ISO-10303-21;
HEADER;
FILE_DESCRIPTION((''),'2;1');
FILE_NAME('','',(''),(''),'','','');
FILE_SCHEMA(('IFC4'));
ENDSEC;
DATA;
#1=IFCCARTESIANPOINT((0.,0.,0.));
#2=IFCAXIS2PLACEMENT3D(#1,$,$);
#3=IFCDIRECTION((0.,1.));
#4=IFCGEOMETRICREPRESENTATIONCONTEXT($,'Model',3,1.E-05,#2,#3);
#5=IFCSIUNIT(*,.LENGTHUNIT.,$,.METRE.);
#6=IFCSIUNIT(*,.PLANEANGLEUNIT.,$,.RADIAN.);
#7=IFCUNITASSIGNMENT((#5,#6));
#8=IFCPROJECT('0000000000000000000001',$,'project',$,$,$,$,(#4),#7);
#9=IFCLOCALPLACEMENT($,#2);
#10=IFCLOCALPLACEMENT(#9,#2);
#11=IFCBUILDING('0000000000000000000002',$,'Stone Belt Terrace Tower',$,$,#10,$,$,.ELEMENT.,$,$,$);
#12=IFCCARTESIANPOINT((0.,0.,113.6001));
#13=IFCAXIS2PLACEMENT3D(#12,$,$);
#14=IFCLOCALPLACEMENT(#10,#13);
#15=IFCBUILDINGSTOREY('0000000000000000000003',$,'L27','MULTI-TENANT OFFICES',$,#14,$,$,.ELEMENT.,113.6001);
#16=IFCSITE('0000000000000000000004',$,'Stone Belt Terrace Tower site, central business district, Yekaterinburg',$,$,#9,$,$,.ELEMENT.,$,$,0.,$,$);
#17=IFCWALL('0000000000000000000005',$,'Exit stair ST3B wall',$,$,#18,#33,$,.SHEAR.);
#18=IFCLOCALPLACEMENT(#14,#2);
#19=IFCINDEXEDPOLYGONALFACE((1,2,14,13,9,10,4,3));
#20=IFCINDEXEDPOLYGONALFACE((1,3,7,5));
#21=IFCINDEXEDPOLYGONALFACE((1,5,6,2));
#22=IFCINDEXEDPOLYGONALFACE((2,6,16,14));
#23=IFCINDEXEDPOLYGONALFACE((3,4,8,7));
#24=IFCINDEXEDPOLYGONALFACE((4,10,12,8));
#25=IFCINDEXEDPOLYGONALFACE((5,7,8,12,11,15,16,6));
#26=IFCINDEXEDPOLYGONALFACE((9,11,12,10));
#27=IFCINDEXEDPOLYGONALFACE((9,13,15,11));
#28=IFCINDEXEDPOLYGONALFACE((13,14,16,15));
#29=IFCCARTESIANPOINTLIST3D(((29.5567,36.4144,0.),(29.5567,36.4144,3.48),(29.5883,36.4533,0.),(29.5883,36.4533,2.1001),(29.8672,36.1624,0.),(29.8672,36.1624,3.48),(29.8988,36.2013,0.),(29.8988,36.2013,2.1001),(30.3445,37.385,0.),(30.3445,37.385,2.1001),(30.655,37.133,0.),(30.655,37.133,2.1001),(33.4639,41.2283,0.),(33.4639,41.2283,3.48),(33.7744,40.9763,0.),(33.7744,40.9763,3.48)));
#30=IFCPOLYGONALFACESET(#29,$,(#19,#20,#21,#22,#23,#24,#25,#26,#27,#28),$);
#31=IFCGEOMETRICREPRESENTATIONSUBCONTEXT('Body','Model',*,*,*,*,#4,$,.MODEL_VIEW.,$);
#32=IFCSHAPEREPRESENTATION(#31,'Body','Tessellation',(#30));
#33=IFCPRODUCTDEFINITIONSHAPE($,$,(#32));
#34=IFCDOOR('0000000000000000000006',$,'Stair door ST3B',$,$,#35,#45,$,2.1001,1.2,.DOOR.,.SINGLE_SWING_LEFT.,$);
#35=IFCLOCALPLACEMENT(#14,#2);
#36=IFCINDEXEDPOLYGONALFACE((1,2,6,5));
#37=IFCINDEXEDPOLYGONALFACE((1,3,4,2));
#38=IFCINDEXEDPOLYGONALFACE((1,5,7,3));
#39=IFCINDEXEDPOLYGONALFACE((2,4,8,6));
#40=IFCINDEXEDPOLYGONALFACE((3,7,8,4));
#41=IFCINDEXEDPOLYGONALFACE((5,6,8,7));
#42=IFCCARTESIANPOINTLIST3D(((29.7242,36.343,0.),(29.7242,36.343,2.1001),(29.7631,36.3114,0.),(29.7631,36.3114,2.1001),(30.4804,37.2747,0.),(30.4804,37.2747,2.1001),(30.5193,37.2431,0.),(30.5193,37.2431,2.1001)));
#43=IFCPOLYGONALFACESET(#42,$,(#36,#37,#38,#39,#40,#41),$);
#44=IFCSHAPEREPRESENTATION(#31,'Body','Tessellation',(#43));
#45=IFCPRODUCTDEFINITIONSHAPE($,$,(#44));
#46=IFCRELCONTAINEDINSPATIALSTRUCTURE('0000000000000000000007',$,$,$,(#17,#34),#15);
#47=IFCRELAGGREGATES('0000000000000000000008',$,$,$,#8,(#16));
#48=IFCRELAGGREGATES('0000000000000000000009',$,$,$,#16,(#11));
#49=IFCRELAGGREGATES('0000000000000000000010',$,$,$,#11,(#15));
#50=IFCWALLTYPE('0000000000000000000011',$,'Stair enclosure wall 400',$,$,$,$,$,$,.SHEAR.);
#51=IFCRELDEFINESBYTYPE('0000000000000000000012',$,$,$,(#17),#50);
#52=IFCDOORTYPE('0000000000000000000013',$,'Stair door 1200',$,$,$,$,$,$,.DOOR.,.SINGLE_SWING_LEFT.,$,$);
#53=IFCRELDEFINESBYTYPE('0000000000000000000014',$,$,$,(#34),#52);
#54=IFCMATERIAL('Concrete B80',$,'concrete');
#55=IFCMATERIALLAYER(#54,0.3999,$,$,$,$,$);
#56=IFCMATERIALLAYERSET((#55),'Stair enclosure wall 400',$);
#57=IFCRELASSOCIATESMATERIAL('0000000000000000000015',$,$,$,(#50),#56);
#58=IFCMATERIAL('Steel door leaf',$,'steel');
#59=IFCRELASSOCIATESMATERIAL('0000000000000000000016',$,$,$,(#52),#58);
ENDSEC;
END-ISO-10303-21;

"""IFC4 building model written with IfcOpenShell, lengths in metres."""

from ifc_helpers import new_model, si_unit, direction, frame, frame_2d, origin, place, context, subcontext, project, spatial, rectangle, extrude, material, layer, layer_set, type_object, element, fill, save


model = new_model("IFC4")

# Units and contexts
model_context = context("Model", 3, precision=1e-05, world=origin(), true_north=direction((0.0, 1.0)))
body_context = subcontext(model_context, "Body", "Model", "MODEL_VIEW")
ifc_project = project(units=[si_unit("LENGTHUNIT", "METRE"), si_unit("PLANEANGLEUNIT", "RADIAN")], contexts=[model_context])

# Site, building, storey
site_placement = place(None, origin())
site = spatial("IfcSite", under=ifc_project, at=site_placement, Name="Stone Belt Terrace Tower site, central business district, Yekaterinburg", CompositionType="ELEMENT", RefElevation=0.0)
building_placement = place(site_placement, origin())
building = spatial("IfcBuilding", under=site, at=building_placement, Name="Stone Belt Terrace Tower", CompositionType="ELEMENT")
storey_placement = place(building_placement, frame((0.0, 0.0, 113.6001)))
storey = spatial("IfcBuildingStorey", under=building, at=storey_placement, Name="L27", Description="MULTI-TENANT OFFICES", CompositionType="ELEMENT", Elevation=113.6001)

# Shared definitions
ifc_material_1 = material(Name="Concrete B80", Category="concrete")

# Shared definitions
ifc_layer_1 = layer(ifc_material_1, 0.3999)
ifc_layer_set_1 = layer_set([ifc_layer_1], Name="Stair enclosure wall 400")
wall_type_1 = type_object("IfcWallType", Name="Stair enclosure wall 400", PredefinedType="SHEAR", material=ifc_layer_set_1)
ifc_material_2 = material(Name="Steel door leaf", Category="steel")

# Wall, opening, door
wall_1_placement = place(storey_placement, frame((29.7119, 36.2883, 0.0), z_axis=(0.0, 0.0, 1.0), x_axis=(0.630192, 0.776439, 0.0)))
wall_1 = element("IfcWall", 1, at=wall_1_placement, inside=storey, type_object=wall_type_1, Name="Exit stair ST3B wall", PredefinedType="SHEAR", context=body_context, shape_type="SweptSolid", body=[
    extrude(rectangle(XDim=6.2, YDim=0.3999, at=frame_2d((3.1001, 0.0))), origin(), (0.0, 0.0, 1.0), 3.48),
])
opening_1_placement = place(wall_1_placement, frame((0.05, 0.0, 0.0)))
opening_1 = element("IfcOpeningElement", 2, at=opening_1_placement, cuts=wall_1, PredefinedType="OPENING", context=body_context, shape_type="SweptSolid", body=[
    extrude(rectangle(XDim=1.2, YDim=2.1001, at=frame_2d((0.6001, 1.05))), frame((0.0, 0.21, 0.0), z_axis=(0.0, -1.0, 0.0), x_axis=(1.0, 0.0, 0.0)), (0.0, 0.0, 1.0), 0.4199),
])
door_type_1 = type_object("IfcDoorType", Name="Stair door 1200", OperationType="SINGLE_SWING_LEFT", PredefinedType="DOOR", material=ifc_material_2)
door_1_placement = place(opening_1_placement, origin())
door_1 = element("IfcDoor", 3, at=door_1_placement, inside=storey, type_object=door_type_1, Name="Stair door ST3B", OperationType="SINGLE_SWING_LEFT", OverallHeight=2.1001, OverallWidth=1.2, PredefinedType="DOOR", context=body_context, shape_type="SweptSolid", body=[
    extrude(rectangle(XDim=1.2, YDim=2.1001, at=frame_2d((0.6001, 1.05))), frame((0.0, 0.0249, 0.0), z_axis=(0.0, -1.0, 0.0), x_axis=(1.0, 0.0, 0.0)), (0.0, 0.0, 1.0), 0.05),
])
fill(opening_1, door_1)

save(model, "model.ifc")
